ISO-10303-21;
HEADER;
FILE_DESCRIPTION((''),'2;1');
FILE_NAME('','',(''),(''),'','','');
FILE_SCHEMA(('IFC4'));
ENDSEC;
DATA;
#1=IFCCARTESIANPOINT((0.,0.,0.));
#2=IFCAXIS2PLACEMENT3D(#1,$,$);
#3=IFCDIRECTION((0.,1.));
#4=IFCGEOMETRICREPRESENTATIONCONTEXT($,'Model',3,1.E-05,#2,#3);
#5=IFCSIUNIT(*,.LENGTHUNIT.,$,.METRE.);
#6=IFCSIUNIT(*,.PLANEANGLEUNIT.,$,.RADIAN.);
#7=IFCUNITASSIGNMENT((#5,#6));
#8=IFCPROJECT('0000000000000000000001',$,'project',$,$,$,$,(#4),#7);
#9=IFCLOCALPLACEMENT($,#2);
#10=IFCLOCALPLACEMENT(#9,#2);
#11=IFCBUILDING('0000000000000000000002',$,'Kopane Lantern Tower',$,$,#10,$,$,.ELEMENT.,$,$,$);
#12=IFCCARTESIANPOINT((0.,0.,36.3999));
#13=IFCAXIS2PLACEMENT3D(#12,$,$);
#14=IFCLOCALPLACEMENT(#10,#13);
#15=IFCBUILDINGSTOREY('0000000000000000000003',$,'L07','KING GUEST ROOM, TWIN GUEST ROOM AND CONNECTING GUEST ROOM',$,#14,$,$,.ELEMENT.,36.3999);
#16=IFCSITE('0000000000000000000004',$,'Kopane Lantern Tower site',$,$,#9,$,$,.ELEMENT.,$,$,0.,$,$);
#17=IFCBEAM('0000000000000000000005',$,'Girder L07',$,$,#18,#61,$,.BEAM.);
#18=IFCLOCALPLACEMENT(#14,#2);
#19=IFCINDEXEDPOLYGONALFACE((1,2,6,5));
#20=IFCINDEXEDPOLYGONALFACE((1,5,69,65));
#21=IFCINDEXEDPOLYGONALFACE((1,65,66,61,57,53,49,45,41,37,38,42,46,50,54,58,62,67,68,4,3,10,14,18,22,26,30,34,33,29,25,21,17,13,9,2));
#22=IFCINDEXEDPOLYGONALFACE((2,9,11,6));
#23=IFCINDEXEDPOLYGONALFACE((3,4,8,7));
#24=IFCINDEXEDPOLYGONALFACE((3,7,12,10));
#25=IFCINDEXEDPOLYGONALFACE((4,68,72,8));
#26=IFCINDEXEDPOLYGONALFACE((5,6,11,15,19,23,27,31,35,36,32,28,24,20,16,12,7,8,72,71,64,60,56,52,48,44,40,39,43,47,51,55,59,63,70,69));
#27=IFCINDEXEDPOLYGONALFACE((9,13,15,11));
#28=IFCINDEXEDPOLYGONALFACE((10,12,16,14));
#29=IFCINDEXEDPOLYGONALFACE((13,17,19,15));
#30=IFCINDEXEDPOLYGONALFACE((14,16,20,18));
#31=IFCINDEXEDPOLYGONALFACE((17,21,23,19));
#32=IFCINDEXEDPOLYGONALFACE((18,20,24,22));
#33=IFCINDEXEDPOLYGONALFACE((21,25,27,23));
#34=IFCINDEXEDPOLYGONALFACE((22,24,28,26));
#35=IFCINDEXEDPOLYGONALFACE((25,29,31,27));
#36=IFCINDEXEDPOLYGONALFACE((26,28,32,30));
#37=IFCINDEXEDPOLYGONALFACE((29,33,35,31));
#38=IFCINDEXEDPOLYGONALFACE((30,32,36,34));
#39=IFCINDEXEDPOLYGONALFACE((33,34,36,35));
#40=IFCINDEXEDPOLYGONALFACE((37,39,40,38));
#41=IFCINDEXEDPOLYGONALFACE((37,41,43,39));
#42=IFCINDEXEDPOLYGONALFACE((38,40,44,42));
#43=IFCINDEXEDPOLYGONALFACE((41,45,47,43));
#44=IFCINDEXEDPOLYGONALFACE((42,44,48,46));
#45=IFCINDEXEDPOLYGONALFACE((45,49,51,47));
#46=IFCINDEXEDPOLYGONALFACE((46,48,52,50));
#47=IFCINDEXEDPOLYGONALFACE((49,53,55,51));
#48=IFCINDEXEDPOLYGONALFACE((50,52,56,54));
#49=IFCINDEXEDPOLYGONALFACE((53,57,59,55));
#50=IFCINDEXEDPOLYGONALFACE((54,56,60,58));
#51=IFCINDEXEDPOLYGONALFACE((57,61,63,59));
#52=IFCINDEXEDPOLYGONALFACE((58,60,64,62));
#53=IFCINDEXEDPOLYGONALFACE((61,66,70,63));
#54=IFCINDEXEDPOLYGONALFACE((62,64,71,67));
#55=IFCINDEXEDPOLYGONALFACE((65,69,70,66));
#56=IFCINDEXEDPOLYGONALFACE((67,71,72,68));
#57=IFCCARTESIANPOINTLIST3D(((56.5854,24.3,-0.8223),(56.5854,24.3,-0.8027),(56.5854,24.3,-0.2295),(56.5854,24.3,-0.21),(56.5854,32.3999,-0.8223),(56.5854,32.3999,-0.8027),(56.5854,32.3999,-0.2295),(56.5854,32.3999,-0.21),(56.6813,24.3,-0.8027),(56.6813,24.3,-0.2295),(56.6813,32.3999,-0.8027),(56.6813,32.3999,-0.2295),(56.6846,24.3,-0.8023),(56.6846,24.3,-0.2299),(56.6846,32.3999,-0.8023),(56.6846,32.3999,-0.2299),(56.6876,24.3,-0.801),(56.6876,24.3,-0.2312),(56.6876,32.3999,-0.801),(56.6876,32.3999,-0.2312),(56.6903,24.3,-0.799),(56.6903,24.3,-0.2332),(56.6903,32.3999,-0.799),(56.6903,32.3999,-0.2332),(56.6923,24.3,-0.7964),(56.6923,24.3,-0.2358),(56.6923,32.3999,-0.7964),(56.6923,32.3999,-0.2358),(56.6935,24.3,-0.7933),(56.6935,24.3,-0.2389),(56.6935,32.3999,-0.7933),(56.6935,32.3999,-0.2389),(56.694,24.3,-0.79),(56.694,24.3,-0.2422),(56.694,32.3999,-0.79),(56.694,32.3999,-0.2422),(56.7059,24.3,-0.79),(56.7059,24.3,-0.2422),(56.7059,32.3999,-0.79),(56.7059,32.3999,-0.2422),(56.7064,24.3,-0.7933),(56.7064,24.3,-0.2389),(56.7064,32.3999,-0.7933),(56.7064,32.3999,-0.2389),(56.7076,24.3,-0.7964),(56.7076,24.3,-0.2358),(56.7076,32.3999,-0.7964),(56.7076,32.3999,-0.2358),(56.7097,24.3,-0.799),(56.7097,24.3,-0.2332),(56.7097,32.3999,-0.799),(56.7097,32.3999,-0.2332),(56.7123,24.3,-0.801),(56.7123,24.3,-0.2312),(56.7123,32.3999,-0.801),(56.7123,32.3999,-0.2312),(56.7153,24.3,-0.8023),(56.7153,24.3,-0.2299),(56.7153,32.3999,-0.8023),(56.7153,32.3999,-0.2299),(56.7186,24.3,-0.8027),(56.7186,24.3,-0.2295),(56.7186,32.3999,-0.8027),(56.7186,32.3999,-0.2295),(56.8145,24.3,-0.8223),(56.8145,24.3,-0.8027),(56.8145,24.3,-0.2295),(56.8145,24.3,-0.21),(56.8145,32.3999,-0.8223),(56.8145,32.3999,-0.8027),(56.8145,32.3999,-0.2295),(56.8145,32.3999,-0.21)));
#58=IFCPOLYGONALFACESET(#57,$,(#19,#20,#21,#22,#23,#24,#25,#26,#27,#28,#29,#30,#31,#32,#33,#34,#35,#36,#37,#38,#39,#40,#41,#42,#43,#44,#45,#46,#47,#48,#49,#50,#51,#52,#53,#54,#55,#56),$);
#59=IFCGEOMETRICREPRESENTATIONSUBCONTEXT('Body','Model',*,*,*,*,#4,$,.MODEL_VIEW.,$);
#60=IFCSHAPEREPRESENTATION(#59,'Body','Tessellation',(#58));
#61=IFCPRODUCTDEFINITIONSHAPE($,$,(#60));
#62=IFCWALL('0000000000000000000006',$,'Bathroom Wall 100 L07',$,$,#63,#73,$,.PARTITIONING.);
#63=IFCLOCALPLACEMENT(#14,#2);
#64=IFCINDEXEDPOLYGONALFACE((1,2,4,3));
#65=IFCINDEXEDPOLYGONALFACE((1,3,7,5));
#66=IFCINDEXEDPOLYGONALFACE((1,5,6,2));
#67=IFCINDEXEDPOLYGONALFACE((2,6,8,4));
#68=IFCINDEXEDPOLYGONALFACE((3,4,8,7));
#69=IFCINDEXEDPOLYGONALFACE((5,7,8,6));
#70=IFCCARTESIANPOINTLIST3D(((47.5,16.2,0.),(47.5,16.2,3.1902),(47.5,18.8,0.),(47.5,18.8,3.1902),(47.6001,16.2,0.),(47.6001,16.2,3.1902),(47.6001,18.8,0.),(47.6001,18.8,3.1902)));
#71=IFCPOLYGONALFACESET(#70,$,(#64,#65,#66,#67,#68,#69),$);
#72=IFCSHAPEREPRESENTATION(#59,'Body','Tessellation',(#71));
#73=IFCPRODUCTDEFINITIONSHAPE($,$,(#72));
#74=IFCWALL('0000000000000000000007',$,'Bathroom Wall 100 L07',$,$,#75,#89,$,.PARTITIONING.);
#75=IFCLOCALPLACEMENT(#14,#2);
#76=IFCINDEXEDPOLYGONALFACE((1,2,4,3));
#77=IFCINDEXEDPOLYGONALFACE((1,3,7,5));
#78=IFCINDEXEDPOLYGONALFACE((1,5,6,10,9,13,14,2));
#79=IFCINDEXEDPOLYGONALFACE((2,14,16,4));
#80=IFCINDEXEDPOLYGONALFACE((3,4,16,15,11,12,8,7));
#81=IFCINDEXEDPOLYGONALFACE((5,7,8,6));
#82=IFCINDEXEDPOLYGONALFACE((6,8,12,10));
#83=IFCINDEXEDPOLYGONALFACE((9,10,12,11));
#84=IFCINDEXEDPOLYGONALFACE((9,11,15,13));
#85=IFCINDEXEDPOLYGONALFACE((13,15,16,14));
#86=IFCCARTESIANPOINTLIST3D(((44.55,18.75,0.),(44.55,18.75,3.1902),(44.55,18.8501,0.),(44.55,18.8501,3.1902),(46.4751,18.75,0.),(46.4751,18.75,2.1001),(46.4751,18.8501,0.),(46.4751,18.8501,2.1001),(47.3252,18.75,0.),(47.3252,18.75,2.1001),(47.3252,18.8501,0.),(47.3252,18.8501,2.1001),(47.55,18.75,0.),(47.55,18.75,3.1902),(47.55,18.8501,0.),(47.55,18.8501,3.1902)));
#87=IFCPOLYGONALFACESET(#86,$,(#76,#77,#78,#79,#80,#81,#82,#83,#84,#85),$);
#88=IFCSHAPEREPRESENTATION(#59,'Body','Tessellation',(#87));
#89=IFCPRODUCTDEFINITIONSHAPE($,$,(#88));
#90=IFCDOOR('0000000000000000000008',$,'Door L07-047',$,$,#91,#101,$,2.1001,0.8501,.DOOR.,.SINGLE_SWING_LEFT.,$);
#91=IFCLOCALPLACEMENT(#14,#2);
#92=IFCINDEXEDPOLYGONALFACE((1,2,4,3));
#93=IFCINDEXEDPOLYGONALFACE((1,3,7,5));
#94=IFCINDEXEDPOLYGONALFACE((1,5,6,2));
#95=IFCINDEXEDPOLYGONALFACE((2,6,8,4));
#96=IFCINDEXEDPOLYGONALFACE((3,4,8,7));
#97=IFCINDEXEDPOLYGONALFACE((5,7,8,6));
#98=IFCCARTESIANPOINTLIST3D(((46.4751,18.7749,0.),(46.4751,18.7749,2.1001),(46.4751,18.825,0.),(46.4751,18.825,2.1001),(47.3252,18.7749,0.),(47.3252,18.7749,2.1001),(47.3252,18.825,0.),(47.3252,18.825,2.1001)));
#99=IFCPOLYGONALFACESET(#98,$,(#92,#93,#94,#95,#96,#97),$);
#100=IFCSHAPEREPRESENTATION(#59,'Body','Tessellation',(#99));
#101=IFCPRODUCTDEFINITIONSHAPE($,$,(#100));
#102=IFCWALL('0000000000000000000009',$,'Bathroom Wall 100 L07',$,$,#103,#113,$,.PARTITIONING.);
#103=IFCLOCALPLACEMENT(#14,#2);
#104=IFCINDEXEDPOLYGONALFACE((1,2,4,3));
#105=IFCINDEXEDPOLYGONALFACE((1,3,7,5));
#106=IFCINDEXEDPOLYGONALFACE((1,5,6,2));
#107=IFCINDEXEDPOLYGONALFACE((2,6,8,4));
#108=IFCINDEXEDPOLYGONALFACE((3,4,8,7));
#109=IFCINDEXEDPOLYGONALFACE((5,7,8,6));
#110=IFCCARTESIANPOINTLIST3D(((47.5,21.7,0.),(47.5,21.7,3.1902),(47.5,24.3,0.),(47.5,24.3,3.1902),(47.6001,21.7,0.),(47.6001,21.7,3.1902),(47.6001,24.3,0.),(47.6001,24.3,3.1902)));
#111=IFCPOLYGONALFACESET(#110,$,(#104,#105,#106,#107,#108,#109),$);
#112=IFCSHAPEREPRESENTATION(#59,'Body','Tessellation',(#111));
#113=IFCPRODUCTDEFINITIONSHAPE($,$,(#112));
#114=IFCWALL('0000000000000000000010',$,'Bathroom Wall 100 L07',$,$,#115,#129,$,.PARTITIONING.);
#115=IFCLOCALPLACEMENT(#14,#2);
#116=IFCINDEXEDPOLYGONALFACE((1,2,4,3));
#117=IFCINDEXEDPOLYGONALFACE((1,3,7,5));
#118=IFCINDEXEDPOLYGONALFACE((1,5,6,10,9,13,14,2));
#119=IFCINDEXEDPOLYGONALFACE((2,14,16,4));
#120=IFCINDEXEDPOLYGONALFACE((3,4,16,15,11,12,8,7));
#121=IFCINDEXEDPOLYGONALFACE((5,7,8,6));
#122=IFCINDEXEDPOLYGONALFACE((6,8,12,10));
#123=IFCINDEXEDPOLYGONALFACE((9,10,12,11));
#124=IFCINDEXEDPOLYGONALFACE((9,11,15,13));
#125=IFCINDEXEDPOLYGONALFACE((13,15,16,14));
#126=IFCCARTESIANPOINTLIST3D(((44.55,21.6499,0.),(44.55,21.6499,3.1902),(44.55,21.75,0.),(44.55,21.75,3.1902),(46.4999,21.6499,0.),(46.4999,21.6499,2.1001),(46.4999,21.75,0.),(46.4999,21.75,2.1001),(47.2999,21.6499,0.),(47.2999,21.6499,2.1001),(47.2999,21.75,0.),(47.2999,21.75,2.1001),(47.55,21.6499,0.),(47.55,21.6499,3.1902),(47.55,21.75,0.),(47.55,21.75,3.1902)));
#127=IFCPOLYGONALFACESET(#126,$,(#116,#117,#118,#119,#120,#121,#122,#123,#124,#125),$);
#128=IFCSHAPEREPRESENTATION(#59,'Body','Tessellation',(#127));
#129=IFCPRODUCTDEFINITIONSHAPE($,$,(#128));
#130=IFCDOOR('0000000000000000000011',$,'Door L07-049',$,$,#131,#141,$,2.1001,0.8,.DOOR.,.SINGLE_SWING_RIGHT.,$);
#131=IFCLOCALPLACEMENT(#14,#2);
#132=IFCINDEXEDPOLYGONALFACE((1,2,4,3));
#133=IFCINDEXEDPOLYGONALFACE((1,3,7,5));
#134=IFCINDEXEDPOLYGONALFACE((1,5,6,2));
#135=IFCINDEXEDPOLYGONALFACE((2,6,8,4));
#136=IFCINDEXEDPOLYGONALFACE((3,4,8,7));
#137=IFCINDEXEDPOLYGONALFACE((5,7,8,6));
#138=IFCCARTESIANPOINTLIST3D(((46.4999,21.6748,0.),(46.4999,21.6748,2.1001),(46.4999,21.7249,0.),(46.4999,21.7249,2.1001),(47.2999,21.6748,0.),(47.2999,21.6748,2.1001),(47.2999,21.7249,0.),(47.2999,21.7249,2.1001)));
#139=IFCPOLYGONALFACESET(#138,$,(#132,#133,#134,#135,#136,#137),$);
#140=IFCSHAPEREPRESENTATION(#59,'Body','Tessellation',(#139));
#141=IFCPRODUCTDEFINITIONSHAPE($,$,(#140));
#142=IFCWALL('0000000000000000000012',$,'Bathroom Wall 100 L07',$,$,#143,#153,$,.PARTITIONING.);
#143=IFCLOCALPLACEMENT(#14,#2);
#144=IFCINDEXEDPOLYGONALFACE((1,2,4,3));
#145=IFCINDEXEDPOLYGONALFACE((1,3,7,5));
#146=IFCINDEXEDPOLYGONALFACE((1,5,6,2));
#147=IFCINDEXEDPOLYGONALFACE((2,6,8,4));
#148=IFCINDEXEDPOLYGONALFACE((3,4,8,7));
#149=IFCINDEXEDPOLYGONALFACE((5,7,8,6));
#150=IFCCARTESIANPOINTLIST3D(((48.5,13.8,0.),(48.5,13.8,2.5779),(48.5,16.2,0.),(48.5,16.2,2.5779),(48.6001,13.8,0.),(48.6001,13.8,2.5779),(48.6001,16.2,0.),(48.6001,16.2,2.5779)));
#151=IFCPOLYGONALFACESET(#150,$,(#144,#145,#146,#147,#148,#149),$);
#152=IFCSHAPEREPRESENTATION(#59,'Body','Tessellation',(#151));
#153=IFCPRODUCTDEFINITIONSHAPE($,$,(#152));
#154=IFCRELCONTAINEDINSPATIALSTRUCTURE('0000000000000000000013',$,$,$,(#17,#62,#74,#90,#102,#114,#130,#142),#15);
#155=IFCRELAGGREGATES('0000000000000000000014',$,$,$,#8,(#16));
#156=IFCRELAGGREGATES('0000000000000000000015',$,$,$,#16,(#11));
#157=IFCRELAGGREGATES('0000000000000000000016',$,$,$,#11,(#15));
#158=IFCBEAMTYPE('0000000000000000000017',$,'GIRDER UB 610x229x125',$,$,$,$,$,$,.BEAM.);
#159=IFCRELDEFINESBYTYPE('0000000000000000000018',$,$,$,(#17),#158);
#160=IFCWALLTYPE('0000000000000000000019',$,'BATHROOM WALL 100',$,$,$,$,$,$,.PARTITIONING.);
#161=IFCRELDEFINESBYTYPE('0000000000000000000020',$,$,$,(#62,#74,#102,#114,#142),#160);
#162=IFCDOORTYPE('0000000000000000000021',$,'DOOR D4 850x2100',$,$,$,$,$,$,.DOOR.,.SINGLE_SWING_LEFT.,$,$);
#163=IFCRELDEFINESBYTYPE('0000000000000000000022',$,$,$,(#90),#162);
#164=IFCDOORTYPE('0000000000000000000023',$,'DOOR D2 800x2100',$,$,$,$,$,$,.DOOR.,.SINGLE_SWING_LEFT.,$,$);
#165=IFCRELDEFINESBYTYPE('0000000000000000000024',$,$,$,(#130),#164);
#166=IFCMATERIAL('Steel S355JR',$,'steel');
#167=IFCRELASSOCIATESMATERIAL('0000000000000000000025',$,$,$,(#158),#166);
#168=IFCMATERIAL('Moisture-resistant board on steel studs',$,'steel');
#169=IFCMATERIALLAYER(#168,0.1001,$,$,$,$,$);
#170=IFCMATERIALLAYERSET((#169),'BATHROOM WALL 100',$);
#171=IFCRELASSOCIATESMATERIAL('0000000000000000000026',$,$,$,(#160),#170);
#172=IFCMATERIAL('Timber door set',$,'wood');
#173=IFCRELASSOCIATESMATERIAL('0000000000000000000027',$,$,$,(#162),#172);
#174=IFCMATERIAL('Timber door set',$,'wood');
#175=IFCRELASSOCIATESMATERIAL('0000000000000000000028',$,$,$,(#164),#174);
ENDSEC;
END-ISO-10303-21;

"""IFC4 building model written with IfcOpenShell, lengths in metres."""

from ifc_helpers import new_model, si_unit, direction, frame, frame_2d, origin, origin_2d, place, context, subcontext, project, spatial, rectangle, i_section, extrude, material, layer, layer_set, material_profile, profile_set, type_object, element, fill, save


model = new_model("IFC4")

# Units and contexts
model_context = context("Model", 3, precision=1e-05, world=origin(), true_north=direction((0.0, 1.0)))
body_context = subcontext(model_context, "Body", "Model", "MODEL_VIEW")
ifc_project = project(units=[si_unit("LENGTHUNIT", "METRE"), si_unit("PLANEANGLEUNIT", "RADIAN")], contexts=[model_context])

# Site, building, storey
site_placement = place(None, origin())
site = spatial("IfcSite", under=ifc_project, at=site_placement, Name="Kopane Lantern Tower site", CompositionType="ELEMENT", RefElevation=0.0)
building_placement = place(site_placement, origin())
building = spatial("IfcBuilding", under=site, at=building_placement, Name="Kopane Lantern Tower", CompositionType="ELEMENT")
storey_placement = place(building_placement, frame((0.0, 0.0, 36.3999)))
storey = spatial("IfcBuildingStorey", under=building, at=storey_placement, Name="L07", Description="KING GUEST ROOM, TWIN GUEST ROOM AND CONNECTING GUEST ROOM", CompositionType="ELEMENT", Elevation=36.3999)

# Beam
ifc_material_1 = material(Name="Steel S355JR", Category="steel")
ifc_material_profile_1 = material_profile(ifc_material_1, i_section(OverallWidth=0.229, OverallDepth=0.6123, WebThickness=0.012, FlangeThickness=0.0195, FilletRadius=0.0127, at=origin_2d()), Name="UB 610x229x125")
ifc_profile_set_1 = profile_set([ifc_material_profile_1], Name="Steel S355JR")
beam_type = type_object("IfcBeamType", Name="GIRDER UB 610x229x125", PredefinedType="BEAM", material=ifc_profile_set_1)
beam_1_placement = place(storey_placement, frame((56.7, 24.3, -0.5161), z_axis=(0.0, 1.0, 0.0), x_axis=(-1.0, 0.0, 0.0)))
element("IfcBeam", 1, at=beam_1_placement, inside=storey, type_object=beam_type, Name="Girder L07", PredefinedType="BEAM", context=body_context, shape_type="SweptSolid", body=[
    extrude(i_section(OverallWidth=0.229, OverallDepth=0.6123, WebThickness=0.012, FlangeThickness=0.0195, FilletRadius=0.0127, at=origin_2d()), origin(), (0.0, 0.0, 1.0), 8.0999),
])

# Wall
ifc_material_2 = material(Name="Moisture-resistant board on steel studs", Category="steel")
ifc_layer_1 = layer(ifc_material_2, 0.1001)
ifc_layer_set_1 = layer_set([ifc_layer_1], Name="BATHROOM WALL 100")
wall_type_1 = type_object("IfcWallType", Name="BATHROOM WALL 100", PredefinedType="PARTITIONING", material=ifc_layer_set_1)
wall_1_placement = place(storey_placement, frame((47.55, 16.2, 0.0), z_axis=(0.0, 0.0, 1.0), x_axis=(0.0, 1.0, 0.0)))
element("IfcWall", 2, at=wall_1_placement, inside=storey, type_object=wall_type_1, Name="Bathroom Wall 100 L07", PredefinedType="PARTITIONING", context=body_context, shape_type="SweptSolid", body=[
    extrude(rectangle(XDim=2.6001, YDim=0.1001, at=frame_2d((1.3, 0.0))), origin(), (0.0, 0.0, 1.0), 3.1902),
])

# Wall, opening, door
wall_2_placement = place(storey_placement, frame((44.55, 18.8, 0.0), z_axis=(0.0, 0.0, 1.0), x_axis=(1.0, 0.0, 0.0)))
wall_2 = element("IfcWall", 3, at=wall_2_placement, inside=storey, type_object=wall_type_1, Name="Bathroom Wall 100 L07", PredefinedType="PARTITIONING", context=body_context, shape_type="SweptSolid", body=[
    extrude(rectangle(XDim=3.0, YDim=0.1001, at=frame_2d((1.5, 0.0))), origin(), (0.0, 0.0, 1.0), 3.1902),
])
opening_1_placement = place(wall_2_placement, frame((1.925, 0.0, 0.0)))
opening_1 = element("IfcOpeningElement", 4, at=opening_1_placement, cuts=wall_2, PredefinedType="OPENING", context=body_context, shape_type="SweptSolid", body=[
    extrude(rectangle(XDim=0.8501, YDim=2.1001, at=frame_2d((0.425, 1.05))), frame((0.0, 0.0601, 0.0), z_axis=(0.0, -1.0, 0.0), x_axis=(1.0, 0.0, 0.0)), (0.0, 0.0, 1.0), 0.1201),
])
ifc_material_3 = material(Name="Timber door set", Category="wood")
door_type_1 = type_object("IfcDoorType", Name="DOOR D4 850x2100", OperationType="SINGLE_SWING_LEFT", PredefinedType="DOOR", material=ifc_material_3)
door_1_placement = place(opening_1_placement, origin())
door_1 = element("IfcDoor", 5, at=door_1_placement, inside=storey, type_object=door_type_1, Name="Door L07-047", OperationType="SINGLE_SWING_LEFT", OverallHeight=2.1001, OverallWidth=0.8501, PredefinedType="DOOR", context=body_context, shape_type="SweptSolid", body=[
    extrude(rectangle(XDim=0.8501, YDim=2.1001, at=frame_2d((0.425, 1.05))), frame((0.0, 0.0249, 0.0), z_axis=(0.0, -1.0, 0.0), x_axis=(1.0, 0.0, 0.0)), (0.0, 0.0, 1.0), 0.05),
])
fill(opening_1, door_1)

# Wall
wall_3_placement = place(storey_placement, frame((47.55, 21.7, 0.0), z_axis=(0.0, 0.0, 1.0), x_axis=(0.0, 1.0, 0.0)))
element("IfcWall", 6, at=wall_3_placement, inside=storey, type_object=wall_type_1, Name="Bathroom Wall 100 L07", PredefinedType="PARTITIONING", context=body_context, shape_type="SweptSolid", body=[
    extrude(rectangle(XDim=2.6001, YDim=0.1001, at=frame_2d((1.3, 0.0))), origin(), (0.0, 0.0, 1.0), 3.1902),
])

# Wall, opening, door
wall_4_placement = place(storey_placement, frame((44.55, 21.7, 0.0), z_axis=(0.0, 0.0, 1.0), x_axis=(1.0, 0.0, 0.0)))
wall_4 = element("IfcWall", 7, at=wall_4_placement, inside=storey, type_object=wall_type_1, Name="Bathroom Wall 100 L07", PredefinedType="PARTITIONING", context=body_context, shape_type="SweptSolid", body=[
    extrude(rectangle(XDim=3.0, YDim=0.1001, at=frame_2d((1.5, 0.0))), origin(), (0.0, 0.0, 1.0), 3.1902),
])
opening_2_placement = place(wall_4_placement, frame((1.95, 0.0, 0.0)))
opening_2 = element("IfcOpeningElement", 8, at=opening_2_placement, cuts=wall_4, PredefinedType="OPENING", context=body_context, shape_type="SweptSolid", body=[
    extrude(rectangle(XDim=0.8, YDim=2.1001, at=frame_2d((0.3999, 1.05))), frame((0.0, 0.0601, 0.0), z_axis=(0.0, -1.0, 0.0), x_axis=(1.0, 0.0, 0.0)), (0.0, 0.0, 1.0), 0.1201),
])
ifc_material_4 = material(Name="Timber door set", Category="wood")
door_type_2 = type_object("IfcDoorType", Name="DOOR D2 800x2100", OperationType="SINGLE_SWING_LEFT", PredefinedType="DOOR", material=ifc_material_4)
door_2_placement = place(opening_2_placement, origin())
door_2 = element("IfcDoor", 9, at=door_2_placement, inside=storey, type_object=door_type_2, Name="Door L07-049", OperationType="SINGLE_SWING_RIGHT", OverallHeight=2.1001, OverallWidth=0.8, PredefinedType="DOOR", context=body_context, shape_type="SweptSolid", body=[
    extrude(rectangle(XDim=0.8, YDim=2.1001, at=frame_2d((0.3999, 1.05))), frame((0.0, 0.0249, 0.0), z_axis=(0.0, -1.0, 0.0), x_axis=(1.0, 0.0, 0.0)), (0.0, 0.0, 1.0), 0.05),
])
fill(opening_2, door_2)

# Wall
wall_5_placement = place(storey_placement, frame((48.55, 16.2, 0.0), z_axis=(0.0, 0.0, 1.0), x_axis=(0.0, -1.0, 0.0)))
element("IfcWall", 10, at=wall_5_placement, inside=storey, type_object=wall_type_1, Name="Bathroom Wall 100 L07", PredefinedType="PARTITIONING", context=body_context, shape_type="SweptSolid", body=[
    extrude(rectangle(XDim=2.3999, YDim=0.1001, at=frame_2d((1.2, 0.0))), origin(), (0.0, 0.0, 1.0), 2.5779),
])

save(model, "model.ifc")
